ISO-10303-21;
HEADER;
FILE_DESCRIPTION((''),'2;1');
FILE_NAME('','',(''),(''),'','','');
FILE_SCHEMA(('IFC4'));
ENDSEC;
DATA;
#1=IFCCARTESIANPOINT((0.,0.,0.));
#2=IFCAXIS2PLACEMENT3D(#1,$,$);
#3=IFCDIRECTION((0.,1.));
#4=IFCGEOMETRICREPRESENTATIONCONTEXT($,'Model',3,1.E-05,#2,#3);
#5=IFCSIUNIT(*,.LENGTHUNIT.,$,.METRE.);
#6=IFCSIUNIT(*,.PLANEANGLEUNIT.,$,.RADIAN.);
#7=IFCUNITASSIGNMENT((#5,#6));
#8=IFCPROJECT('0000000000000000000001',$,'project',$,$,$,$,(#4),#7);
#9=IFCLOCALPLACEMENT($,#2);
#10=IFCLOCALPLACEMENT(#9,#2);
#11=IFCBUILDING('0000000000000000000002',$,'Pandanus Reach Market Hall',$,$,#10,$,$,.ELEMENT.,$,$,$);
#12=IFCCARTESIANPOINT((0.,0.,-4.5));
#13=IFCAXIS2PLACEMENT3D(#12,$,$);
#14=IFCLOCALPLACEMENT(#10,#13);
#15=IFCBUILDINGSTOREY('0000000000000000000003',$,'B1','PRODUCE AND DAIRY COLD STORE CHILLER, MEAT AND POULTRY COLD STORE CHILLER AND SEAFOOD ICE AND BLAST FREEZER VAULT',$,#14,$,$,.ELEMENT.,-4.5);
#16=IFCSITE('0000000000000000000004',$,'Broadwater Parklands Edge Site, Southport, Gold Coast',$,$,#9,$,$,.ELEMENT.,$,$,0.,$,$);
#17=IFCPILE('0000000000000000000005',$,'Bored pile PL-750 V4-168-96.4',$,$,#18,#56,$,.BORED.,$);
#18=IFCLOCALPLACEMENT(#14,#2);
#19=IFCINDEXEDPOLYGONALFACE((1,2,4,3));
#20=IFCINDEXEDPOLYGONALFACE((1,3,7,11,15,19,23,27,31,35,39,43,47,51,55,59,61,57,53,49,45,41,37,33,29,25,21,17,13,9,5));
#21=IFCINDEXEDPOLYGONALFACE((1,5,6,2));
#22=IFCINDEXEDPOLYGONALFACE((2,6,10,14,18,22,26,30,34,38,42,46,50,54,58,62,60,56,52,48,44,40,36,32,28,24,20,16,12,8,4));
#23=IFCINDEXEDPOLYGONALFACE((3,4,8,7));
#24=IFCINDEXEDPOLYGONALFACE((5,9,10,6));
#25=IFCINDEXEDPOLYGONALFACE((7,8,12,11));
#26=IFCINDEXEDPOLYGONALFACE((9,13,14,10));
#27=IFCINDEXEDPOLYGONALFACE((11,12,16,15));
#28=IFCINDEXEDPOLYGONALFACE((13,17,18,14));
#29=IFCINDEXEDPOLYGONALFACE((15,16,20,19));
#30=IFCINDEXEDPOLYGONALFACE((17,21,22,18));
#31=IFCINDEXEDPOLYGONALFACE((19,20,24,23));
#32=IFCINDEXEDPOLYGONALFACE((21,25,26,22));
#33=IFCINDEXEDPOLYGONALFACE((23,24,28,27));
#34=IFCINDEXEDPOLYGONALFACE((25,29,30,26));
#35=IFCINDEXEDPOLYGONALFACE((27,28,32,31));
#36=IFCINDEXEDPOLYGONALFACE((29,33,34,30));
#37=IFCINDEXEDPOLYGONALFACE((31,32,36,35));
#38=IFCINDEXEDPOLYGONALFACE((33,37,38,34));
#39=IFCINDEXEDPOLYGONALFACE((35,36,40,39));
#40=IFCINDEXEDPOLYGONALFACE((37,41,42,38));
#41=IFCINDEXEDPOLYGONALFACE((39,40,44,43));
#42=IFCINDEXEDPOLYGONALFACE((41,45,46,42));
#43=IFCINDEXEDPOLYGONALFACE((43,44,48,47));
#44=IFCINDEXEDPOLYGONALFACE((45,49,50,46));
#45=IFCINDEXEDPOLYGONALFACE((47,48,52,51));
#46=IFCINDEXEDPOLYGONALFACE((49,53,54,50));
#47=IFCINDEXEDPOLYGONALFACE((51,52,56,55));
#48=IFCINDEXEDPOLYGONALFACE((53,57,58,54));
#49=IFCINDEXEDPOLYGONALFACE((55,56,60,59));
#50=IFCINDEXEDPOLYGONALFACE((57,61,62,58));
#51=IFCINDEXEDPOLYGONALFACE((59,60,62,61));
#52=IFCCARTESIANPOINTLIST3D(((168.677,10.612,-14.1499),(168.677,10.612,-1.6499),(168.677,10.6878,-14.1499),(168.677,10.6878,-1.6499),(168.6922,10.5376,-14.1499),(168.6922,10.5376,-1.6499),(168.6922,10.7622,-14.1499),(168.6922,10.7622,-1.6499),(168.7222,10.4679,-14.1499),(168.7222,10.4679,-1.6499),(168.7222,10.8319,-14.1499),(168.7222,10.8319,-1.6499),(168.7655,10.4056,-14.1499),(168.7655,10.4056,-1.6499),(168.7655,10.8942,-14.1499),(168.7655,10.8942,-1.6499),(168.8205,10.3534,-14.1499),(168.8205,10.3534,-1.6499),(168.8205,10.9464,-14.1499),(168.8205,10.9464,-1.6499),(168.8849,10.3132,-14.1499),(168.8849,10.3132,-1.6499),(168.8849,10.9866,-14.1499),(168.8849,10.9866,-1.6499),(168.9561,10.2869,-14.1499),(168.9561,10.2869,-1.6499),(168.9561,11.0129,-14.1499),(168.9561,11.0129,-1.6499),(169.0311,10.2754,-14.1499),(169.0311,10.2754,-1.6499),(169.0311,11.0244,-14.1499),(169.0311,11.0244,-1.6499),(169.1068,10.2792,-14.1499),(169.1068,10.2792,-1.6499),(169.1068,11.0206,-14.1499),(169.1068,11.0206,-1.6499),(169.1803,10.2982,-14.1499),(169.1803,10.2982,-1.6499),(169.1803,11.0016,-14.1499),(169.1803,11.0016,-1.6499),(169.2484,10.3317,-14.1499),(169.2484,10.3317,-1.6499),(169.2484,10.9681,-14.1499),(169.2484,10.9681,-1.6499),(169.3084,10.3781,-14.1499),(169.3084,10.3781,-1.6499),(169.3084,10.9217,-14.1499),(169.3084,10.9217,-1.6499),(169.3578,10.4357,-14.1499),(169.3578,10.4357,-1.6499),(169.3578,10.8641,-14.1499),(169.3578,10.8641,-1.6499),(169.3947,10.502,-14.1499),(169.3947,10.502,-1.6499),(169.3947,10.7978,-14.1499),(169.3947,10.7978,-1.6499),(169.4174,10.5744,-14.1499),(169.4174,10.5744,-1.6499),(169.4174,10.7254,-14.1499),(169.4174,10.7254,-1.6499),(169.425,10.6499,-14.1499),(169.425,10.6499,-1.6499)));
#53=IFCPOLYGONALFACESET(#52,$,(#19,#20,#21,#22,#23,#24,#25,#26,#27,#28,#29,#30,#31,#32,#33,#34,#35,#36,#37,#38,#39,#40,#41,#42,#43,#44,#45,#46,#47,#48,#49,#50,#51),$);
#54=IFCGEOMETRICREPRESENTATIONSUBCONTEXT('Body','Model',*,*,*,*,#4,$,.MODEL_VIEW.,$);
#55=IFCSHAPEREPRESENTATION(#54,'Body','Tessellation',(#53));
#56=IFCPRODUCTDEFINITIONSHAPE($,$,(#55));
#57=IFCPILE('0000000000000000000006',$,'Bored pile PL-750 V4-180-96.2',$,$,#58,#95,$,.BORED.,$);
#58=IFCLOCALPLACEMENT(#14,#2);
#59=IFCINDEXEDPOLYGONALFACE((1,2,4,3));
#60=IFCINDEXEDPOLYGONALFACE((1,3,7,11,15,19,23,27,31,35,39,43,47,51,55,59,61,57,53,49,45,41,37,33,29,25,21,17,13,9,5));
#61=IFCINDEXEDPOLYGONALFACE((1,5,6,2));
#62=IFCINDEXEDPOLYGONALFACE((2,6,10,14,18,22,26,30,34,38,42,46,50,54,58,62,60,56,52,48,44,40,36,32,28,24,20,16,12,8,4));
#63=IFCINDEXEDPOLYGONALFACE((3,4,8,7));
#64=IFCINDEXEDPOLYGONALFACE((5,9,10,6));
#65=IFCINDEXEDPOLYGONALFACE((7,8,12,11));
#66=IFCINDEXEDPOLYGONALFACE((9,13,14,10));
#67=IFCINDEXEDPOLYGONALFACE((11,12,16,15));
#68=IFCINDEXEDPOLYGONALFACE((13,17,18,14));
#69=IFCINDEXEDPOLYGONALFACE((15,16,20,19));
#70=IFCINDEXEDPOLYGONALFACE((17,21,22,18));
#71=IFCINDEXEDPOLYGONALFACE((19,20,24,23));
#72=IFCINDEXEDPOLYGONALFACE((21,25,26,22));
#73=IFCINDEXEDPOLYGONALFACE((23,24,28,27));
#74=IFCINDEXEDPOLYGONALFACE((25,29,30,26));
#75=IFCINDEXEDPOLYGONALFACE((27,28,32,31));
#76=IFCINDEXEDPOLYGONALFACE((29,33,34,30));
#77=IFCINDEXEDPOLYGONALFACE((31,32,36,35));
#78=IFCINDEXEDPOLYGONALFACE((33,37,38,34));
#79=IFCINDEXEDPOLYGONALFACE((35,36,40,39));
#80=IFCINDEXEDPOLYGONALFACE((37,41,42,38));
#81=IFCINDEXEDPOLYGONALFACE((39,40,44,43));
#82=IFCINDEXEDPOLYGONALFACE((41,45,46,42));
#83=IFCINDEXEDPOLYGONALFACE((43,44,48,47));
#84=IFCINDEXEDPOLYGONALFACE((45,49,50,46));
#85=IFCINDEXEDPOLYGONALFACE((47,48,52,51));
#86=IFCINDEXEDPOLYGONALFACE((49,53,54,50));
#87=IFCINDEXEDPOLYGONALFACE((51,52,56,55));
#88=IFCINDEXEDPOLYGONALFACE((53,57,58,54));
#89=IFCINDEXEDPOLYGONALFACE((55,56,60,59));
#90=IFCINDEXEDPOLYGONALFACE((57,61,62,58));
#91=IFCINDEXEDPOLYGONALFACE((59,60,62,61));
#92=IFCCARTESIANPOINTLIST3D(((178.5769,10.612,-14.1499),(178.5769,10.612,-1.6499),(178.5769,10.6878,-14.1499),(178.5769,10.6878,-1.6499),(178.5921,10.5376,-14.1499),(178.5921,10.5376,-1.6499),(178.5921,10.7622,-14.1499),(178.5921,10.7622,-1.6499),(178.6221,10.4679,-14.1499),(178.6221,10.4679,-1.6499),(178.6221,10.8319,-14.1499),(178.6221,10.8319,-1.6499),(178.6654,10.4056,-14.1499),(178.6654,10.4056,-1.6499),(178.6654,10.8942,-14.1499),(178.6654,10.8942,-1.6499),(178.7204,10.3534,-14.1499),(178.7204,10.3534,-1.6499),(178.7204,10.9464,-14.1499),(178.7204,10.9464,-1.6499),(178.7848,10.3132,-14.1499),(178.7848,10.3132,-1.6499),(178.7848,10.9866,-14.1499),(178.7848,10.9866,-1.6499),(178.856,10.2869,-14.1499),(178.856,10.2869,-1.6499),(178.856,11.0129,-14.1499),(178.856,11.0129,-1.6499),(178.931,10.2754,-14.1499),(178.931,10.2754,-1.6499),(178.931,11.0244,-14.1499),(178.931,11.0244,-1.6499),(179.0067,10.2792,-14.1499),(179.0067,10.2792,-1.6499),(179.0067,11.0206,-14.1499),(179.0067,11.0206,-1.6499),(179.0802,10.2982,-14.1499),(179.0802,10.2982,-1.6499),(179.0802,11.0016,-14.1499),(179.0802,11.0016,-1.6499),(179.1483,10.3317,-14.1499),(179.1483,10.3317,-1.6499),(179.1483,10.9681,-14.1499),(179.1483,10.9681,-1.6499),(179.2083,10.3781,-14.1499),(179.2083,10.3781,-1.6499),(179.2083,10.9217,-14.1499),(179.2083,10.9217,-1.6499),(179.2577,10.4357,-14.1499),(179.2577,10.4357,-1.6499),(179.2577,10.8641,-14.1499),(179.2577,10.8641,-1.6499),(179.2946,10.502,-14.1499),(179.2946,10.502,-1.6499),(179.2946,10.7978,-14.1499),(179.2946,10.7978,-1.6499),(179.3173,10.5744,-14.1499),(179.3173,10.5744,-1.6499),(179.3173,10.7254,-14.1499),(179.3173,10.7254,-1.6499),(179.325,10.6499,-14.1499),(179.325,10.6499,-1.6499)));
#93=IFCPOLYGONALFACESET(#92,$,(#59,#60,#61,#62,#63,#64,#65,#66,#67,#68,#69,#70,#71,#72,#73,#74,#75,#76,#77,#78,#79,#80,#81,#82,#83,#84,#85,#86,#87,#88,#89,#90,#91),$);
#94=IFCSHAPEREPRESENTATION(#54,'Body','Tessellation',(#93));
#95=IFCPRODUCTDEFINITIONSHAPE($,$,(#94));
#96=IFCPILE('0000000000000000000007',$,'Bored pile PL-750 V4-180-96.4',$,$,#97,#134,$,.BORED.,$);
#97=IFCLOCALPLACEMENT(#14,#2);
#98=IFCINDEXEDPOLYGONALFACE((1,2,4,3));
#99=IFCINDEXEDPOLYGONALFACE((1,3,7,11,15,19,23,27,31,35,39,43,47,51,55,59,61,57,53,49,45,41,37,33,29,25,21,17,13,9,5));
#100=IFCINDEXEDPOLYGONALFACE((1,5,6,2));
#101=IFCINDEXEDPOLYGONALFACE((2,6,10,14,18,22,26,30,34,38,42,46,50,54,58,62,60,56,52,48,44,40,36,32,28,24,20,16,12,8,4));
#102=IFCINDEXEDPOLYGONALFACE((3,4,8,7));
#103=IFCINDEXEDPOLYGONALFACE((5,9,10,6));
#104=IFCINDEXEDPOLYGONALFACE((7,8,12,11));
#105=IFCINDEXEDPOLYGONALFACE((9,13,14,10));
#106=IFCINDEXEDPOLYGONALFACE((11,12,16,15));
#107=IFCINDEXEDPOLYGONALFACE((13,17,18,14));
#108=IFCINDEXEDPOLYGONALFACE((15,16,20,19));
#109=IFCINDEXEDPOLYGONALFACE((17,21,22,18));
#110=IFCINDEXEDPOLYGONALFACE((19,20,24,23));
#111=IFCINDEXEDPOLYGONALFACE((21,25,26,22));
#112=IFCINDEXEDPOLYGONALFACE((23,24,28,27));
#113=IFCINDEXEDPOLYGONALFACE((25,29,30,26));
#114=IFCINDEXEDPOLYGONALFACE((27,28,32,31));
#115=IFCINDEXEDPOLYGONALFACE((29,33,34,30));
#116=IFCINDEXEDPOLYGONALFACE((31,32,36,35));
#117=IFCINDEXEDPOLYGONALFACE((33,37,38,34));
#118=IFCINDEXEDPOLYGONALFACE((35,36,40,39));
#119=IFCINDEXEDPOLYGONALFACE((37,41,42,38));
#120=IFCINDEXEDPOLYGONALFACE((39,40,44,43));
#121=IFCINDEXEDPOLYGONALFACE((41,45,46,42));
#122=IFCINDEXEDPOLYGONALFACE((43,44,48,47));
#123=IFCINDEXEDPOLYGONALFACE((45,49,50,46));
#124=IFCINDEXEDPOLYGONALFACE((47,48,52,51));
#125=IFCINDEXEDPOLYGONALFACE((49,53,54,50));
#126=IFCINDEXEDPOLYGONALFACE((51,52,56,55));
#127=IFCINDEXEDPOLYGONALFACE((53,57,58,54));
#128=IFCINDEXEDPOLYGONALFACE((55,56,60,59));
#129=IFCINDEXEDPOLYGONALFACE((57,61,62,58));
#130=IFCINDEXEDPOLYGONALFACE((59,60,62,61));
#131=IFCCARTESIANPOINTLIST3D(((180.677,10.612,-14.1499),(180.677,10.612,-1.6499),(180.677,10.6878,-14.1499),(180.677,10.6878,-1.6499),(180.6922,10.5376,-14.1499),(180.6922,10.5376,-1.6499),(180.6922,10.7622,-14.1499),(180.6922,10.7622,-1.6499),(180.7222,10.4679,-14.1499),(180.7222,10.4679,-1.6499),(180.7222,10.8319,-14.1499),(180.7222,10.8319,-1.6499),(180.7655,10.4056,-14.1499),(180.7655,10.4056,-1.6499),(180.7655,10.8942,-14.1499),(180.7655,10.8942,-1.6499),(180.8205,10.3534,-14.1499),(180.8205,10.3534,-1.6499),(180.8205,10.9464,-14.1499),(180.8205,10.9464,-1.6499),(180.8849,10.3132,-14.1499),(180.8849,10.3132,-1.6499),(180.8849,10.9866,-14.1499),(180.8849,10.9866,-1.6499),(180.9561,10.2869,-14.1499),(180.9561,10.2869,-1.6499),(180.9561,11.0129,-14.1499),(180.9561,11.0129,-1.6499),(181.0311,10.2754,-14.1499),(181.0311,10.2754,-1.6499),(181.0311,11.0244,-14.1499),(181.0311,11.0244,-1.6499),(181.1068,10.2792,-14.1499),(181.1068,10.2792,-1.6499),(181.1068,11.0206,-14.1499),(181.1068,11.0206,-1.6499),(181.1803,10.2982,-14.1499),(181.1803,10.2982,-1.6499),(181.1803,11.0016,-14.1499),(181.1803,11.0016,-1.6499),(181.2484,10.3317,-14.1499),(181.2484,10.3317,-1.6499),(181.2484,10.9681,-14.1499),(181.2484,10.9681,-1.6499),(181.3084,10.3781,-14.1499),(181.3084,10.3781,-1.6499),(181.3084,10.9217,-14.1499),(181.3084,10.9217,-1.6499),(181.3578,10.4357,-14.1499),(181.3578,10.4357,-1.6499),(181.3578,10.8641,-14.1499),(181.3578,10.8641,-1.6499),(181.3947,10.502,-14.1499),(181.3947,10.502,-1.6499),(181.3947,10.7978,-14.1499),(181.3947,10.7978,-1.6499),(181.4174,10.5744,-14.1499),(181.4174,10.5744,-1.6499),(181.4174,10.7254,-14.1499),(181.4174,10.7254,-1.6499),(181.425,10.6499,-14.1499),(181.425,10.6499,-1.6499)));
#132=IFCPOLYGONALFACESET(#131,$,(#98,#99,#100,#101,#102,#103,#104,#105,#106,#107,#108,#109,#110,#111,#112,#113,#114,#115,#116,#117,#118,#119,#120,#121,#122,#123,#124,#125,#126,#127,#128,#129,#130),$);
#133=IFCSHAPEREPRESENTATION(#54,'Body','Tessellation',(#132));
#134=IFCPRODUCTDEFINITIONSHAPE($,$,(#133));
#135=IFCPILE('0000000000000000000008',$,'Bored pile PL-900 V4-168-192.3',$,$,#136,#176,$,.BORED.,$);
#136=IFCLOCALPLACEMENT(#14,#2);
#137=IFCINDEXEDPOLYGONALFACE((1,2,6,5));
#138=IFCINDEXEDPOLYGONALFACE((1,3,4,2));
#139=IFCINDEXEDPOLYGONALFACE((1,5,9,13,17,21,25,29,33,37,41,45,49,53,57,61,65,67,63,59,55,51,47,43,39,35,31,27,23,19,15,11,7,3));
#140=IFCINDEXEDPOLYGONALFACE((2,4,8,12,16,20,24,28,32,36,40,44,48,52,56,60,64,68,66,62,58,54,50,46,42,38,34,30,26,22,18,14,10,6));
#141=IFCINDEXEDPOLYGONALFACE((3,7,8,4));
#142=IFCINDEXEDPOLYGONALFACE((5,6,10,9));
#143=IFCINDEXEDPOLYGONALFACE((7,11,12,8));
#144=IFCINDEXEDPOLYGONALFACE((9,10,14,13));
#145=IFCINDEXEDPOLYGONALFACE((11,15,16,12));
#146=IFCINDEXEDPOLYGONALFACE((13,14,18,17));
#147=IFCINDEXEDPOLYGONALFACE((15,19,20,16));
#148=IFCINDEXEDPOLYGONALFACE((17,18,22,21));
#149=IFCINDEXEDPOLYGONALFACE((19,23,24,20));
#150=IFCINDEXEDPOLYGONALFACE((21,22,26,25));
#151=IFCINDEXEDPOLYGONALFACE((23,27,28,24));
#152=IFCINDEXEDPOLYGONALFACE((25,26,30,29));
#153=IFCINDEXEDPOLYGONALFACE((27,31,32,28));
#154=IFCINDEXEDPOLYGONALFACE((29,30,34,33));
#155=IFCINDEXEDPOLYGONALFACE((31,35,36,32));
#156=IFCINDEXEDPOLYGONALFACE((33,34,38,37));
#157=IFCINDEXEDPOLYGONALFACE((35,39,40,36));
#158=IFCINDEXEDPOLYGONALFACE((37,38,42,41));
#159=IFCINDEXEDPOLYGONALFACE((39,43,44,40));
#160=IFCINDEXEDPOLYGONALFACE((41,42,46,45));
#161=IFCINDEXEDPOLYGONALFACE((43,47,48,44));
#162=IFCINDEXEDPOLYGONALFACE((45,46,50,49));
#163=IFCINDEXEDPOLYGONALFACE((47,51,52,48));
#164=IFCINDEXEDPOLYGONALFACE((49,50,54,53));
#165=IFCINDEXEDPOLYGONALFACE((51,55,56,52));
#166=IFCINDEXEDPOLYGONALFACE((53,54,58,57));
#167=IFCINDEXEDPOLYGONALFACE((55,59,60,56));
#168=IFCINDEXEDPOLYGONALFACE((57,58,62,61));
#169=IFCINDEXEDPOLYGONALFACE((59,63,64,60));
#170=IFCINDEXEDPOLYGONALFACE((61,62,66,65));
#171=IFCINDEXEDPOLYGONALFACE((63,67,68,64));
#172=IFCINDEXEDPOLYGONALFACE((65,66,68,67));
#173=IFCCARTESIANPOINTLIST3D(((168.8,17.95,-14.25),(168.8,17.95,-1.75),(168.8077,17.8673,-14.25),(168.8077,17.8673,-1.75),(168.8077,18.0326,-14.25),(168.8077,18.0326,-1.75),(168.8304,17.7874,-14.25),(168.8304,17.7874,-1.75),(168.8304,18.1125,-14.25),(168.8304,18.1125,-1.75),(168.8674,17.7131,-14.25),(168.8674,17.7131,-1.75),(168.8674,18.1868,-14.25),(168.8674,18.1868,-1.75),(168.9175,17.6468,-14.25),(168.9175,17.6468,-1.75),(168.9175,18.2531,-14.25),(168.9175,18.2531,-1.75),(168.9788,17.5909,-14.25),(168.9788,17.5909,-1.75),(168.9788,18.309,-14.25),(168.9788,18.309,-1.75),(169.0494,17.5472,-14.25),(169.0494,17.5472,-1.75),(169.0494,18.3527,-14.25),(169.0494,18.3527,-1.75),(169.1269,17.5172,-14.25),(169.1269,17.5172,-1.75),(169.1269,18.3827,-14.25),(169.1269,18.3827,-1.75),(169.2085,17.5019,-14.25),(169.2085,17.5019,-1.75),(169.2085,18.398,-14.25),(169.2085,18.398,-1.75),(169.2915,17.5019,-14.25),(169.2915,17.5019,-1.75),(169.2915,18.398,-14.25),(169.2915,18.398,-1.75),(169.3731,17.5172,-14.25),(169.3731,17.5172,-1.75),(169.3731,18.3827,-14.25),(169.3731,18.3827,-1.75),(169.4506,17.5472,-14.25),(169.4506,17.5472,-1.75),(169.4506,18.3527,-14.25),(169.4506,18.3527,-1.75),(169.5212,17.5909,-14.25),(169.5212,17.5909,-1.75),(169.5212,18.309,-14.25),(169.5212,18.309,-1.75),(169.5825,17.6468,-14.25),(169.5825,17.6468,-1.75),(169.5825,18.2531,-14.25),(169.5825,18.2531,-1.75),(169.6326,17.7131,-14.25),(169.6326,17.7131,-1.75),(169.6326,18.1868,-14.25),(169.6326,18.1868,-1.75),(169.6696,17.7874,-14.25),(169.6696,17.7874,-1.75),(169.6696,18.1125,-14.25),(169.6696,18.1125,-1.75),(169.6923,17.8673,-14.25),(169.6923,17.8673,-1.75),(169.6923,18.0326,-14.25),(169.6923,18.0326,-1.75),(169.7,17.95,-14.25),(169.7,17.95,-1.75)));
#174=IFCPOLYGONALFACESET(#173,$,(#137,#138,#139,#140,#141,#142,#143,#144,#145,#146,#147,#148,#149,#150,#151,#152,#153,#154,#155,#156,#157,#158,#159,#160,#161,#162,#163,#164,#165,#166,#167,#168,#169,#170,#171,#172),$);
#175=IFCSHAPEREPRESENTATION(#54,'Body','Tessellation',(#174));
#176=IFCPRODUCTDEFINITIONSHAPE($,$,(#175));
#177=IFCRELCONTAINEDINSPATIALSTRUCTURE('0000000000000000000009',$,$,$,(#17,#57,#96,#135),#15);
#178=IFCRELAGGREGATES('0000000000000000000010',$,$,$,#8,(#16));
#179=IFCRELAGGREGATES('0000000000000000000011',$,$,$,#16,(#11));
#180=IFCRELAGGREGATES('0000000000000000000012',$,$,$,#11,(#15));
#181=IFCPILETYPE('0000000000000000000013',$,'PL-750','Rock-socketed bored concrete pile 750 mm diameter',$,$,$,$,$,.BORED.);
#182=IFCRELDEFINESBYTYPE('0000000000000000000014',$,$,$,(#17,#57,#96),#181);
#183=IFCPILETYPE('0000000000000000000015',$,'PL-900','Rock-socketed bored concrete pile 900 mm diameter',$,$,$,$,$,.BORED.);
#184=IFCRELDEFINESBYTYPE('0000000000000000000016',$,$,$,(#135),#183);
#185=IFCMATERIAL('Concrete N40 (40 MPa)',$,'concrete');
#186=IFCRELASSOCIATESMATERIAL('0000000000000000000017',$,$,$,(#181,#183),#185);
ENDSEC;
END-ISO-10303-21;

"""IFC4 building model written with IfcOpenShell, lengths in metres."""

from ifc_helpers import new_model, si_unit, direction, frame, origin, origin_2d, place, context, subcontext, project, spatial, circle, extrude, material, material_profile, profile_set, type_object, element, save


model = new_model("IFC4")

# Units and contexts
model_context = context("Model", 3, precision=1e-05, world=origin(), true_north=direction((0.0, 1.0)))
body_context = subcontext(model_context, "Body", "Model", "MODEL_VIEW")
ifc_project = project(units=[si_unit("LENGTHUNIT", "METRE"), si_unit("PLANEANGLEUNIT", "RADIAN")], contexts=[model_context])

# Site, building, storey
site_placement = place(None, origin())
site = spatial("IfcSite", under=ifc_project, at=site_placement, Name="Broadwater Parklands Edge Site, Southport, Gold Coast", CompositionType="ELEMENT", RefElevation=0.0)
building_placement = place(site_placement, origin())
building = spatial("IfcBuilding", under=site, at=building_placement, Name="Pandanus Reach Market Hall", CompositionType="ELEMENT")
storey_placement = place(building_placement, frame((0.0, 0.0, -4.5)))
storey = spatial("IfcBuildingStorey", under=building, at=storey_placement, Name="B1", Description="PRODUCE AND DAIRY COLD STORE CHILLER, MEAT AND POULTRY COLD STORE CHILLER AND SEAFOOD ICE AND BLAST FREEZER VAULT", CompositionType="ELEMENT", Elevation=-4.5)

# Shared definitions
ifc_material_1 = material(Name="Concrete N40 (40 MPa)", Category="concrete")

# Piles
ifc_material_profile_1 = material_profile(ifc_material_1, circle(Radius=0.375, at=origin_2d()), Name="PILE-750D", Category="LoadBearing")
ifc_profile_set_1 = profile_set([ifc_material_profile_1], Name="Concrete N40 (40 MPa)")
pile_type_1 = type_object("IfcPileType", Name="PL-750", Description="Rock-socketed bored concrete pile 750 mm diameter", PredefinedType="BORED", material=ifc_profile_set_1)
for number, where, z_axis, x_axis, name in (
    (1, (169.05, 10.6499, -1.6499), (0.0, 0.0, -1.0), (1.0, 0.0, 0.0), "Bored pile PL-750 V4-168-96.4"),
    (2, (178.95, 10.6499, -1.6499), (0.0, 0.0, -1.0), (1.0, 0.0, 0.0), "Bored pile PL-750 V4-180-96.2"),
    (3, (181.05, 10.6499, -1.6499), (0.0, 0.0, -1.0), (1.0, 0.0, 0.0), "Bored pile PL-750 V4-180-96.4"),
):
    element("IfcPile", number, at=place(storey_placement, frame(where, z_axis=z_axis, x_axis=x_axis)), inside=storey, type_object=pile_type_1, Name=name, PredefinedType="BORED", context=body_context, shape_type="SweptSolid", body=[
        extrude(circle(Radius=0.375, at=origin_2d()), origin(), (0.0, 0.0, 1.0), 12.5),
    ])
ifc_material_profile_2 = material_profile(ifc_material_1, circle(Radius=0.45, at=origin_2d()), Name="PILE-900D", Category="LoadBearing")
ifc_profile_set_2 = profile_set([ifc_material_profile_2], Name="Concrete N40 (40 MPa)")
pile_type_2 = type_object("IfcPileType", Name="PL-900", Description="Rock-socketed bored concrete pile 900 mm diameter", PredefinedType="BORED", material=ifc_profile_set_2)
for number, where, z_axis, x_axis, name in (
    (4, (169.25, 17.95, -1.75), (0.0, 0.0, -1.0), (1.0, 0.0, 0.0), "Bored pile PL-900 V4-168-192.3"),
):
    element("IfcPile", number, at=place(storey_placement, frame(where, z_axis=z_axis, x_axis=x_axis)), inside=storey, type_object=pile_type_2, Name=name, PredefinedType="BORED", context=body_context, shape_type="SweptSolid", body=[
        extrude(circle(Radius=0.45, at=origin_2d()), origin(), (0.0, 0.0, 1.0), 12.5),
    ])

save(model, "model.ifc")
